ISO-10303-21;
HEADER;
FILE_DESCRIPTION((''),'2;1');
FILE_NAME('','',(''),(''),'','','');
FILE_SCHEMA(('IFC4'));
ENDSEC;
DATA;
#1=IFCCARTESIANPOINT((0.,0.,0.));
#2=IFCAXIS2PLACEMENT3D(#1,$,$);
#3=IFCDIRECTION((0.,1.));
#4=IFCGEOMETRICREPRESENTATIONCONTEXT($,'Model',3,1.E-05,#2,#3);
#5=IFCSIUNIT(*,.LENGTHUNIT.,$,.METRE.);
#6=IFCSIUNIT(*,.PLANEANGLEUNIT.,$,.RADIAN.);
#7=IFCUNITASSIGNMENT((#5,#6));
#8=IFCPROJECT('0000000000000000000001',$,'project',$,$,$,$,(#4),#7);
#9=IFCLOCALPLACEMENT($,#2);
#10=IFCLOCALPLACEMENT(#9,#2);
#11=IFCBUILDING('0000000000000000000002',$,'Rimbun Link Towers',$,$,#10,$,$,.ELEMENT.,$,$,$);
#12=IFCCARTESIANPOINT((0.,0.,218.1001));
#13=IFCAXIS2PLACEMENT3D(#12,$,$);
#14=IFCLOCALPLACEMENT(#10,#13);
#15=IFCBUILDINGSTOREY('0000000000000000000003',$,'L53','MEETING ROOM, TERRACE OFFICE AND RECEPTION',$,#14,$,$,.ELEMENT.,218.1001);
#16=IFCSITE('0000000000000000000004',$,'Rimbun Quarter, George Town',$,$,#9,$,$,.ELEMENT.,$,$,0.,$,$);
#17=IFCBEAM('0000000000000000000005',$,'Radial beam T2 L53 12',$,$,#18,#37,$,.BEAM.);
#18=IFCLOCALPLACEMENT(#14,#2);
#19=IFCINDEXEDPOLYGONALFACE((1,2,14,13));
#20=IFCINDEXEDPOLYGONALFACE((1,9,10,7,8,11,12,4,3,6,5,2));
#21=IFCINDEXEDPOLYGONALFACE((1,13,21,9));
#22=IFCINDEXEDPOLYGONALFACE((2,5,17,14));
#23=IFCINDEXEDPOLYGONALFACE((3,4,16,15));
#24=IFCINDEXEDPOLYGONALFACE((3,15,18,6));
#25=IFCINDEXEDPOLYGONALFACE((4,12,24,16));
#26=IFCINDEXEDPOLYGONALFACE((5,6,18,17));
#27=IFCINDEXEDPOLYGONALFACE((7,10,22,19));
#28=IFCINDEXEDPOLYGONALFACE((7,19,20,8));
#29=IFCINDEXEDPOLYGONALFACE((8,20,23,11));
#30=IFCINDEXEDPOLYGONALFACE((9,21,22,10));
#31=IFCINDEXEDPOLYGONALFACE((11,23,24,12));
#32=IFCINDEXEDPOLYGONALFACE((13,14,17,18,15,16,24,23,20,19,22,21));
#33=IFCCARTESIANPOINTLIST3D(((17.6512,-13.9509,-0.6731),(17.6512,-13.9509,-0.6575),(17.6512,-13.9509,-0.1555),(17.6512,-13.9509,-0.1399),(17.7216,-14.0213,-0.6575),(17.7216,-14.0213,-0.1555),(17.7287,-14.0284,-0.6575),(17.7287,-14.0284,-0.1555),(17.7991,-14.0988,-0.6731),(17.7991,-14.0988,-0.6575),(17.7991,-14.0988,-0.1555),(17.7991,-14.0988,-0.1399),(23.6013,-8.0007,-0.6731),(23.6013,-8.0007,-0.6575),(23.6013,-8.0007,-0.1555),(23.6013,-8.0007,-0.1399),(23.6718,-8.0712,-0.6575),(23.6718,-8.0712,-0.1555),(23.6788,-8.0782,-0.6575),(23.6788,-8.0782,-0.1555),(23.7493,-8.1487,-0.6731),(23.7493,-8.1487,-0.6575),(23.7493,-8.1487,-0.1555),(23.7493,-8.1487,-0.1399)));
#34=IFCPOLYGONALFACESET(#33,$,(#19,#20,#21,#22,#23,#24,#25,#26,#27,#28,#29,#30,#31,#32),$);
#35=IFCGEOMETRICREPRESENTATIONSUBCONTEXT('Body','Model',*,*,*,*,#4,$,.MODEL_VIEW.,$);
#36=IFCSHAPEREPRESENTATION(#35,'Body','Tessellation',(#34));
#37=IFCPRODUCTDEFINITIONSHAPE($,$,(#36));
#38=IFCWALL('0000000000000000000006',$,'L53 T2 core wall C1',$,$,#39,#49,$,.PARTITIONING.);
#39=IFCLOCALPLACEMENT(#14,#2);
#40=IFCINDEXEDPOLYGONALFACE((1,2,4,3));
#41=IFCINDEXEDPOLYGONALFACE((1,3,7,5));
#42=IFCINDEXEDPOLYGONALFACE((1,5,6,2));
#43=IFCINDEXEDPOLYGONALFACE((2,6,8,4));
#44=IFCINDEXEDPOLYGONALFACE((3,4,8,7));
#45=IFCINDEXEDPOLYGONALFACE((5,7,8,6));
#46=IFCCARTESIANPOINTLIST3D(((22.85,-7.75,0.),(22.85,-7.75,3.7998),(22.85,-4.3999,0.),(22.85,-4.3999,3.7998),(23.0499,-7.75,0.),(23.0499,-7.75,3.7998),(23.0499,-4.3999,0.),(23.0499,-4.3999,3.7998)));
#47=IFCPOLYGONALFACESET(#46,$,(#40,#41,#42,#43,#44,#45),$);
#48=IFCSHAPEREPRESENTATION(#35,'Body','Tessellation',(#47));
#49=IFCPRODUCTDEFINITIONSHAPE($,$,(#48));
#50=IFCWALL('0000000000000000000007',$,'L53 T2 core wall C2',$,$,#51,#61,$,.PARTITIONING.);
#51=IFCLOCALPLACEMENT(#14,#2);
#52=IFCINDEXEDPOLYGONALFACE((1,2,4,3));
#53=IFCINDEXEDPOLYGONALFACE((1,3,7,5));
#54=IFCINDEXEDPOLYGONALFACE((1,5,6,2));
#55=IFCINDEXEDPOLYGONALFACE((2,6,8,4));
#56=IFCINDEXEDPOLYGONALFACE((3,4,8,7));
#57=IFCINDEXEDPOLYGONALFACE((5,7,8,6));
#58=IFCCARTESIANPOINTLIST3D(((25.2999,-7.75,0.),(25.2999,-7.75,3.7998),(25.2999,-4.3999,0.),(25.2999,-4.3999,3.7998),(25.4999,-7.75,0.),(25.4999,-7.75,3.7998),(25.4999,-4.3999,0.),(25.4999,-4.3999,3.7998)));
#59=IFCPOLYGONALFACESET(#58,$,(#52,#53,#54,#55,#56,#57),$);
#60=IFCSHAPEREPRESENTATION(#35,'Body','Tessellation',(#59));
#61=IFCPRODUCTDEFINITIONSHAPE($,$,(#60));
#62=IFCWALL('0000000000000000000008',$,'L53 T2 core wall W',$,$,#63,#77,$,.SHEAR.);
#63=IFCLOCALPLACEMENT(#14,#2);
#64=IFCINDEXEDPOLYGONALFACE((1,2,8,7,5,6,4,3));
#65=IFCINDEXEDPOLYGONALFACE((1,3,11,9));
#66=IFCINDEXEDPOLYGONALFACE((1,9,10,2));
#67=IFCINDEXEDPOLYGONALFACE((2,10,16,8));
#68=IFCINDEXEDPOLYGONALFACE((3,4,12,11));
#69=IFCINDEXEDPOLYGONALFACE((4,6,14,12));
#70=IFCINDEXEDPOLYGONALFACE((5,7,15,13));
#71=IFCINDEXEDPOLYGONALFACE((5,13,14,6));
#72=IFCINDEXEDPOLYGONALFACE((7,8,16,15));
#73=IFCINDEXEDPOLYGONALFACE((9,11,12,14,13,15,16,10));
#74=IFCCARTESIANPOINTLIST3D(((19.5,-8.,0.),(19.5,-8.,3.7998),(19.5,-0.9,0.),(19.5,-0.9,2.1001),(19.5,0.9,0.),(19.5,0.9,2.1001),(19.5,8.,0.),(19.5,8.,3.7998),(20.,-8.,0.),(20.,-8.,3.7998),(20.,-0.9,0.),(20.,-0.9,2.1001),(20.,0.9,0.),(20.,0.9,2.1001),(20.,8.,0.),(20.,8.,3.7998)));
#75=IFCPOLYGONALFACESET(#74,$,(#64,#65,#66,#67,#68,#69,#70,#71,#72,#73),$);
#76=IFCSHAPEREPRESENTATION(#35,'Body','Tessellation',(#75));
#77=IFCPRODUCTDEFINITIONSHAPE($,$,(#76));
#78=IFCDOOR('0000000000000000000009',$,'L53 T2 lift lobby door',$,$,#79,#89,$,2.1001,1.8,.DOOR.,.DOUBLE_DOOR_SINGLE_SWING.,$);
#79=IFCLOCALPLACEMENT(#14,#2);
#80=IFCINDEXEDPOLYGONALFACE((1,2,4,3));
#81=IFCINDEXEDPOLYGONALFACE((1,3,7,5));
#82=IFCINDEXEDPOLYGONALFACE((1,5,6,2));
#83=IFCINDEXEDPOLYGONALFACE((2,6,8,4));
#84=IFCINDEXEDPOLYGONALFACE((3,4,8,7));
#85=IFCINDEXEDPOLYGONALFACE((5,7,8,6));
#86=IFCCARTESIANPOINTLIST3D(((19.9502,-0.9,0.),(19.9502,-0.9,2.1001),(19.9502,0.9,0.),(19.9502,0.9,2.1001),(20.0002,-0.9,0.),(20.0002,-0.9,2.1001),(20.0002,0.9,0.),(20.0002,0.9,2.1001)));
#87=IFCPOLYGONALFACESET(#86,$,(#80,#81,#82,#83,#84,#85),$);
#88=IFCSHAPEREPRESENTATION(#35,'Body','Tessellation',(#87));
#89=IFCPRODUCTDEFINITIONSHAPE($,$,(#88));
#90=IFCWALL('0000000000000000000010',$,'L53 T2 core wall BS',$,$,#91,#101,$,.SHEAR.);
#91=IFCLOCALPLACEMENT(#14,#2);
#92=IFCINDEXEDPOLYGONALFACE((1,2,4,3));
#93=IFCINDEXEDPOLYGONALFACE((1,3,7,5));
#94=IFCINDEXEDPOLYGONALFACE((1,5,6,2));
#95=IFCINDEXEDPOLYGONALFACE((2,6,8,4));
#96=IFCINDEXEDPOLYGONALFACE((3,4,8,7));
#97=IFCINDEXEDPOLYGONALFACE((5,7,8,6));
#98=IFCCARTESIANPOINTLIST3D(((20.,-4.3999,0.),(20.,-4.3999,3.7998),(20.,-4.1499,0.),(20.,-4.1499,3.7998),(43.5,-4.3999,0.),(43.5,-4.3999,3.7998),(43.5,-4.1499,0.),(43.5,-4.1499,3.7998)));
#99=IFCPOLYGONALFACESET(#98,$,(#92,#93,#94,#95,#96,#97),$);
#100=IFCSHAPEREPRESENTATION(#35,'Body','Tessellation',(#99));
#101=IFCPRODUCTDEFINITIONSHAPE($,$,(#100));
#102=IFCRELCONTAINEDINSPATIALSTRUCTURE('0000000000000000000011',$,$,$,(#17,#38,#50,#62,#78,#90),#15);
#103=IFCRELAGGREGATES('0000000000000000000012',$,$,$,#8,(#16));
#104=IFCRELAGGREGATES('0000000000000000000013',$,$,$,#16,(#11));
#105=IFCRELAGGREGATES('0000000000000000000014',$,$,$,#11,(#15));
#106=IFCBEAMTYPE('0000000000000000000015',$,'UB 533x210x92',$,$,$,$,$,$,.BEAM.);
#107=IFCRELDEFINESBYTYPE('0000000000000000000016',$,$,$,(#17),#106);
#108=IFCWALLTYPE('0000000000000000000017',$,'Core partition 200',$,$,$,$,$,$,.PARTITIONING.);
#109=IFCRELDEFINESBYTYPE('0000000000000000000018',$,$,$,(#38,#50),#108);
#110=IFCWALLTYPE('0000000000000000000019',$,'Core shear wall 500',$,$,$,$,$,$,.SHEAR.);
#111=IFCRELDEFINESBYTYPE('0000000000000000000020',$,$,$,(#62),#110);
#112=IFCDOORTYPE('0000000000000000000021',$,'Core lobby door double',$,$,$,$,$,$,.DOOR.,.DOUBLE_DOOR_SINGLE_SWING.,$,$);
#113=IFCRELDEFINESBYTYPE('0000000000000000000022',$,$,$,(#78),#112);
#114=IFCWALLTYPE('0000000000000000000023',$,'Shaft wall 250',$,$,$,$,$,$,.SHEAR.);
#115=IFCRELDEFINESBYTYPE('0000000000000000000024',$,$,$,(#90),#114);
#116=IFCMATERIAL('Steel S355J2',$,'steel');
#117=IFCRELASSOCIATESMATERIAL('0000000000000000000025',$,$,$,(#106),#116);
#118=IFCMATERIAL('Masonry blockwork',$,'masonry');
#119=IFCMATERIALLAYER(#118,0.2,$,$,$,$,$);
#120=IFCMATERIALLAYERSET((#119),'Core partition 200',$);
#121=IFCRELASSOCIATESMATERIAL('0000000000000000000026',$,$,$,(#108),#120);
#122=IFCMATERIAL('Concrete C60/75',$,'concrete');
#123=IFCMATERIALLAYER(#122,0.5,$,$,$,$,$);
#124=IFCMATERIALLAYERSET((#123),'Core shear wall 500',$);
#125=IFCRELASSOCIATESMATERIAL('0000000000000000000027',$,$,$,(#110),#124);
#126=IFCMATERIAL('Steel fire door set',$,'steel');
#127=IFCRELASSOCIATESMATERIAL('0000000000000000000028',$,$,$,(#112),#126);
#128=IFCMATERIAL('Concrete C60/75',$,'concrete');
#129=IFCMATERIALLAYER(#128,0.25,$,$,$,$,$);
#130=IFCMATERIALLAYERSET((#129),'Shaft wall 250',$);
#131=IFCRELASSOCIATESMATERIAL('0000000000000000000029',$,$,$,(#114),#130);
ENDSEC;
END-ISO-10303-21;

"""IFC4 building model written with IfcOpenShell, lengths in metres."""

from ifc_helpers import new_model, si_unit, direction, frame, frame_2d, origin, origin_2d, place, context, subcontext, project, spatial, rectangle, i_section, extrude, material, layer, layer_set, material_profile, profile_set, type_object, element, fill, save


model = new_model("IFC4")

# Units and contexts
model_context = context("Model", 3, precision=1e-05, world=origin(), true_north=direction((0.0, 1.0)))
body_context = subcontext(model_context, "Body", "Model", "MODEL_VIEW")
ifc_project = project(units=[si_unit("LENGTHUNIT", "METRE"), si_unit("PLANEANGLEUNIT", "RADIAN")], contexts=[model_context])

# Site, building, storey
site_placement = place(None, origin())
site = spatial("IfcSite", under=ifc_project, at=site_placement, Name="Rimbun Quarter, George Town", CompositionType="ELEMENT", RefElevation=0.0)
building_placement = place(site_placement, origin())
building = spatial("IfcBuilding", under=site, at=building_placement, Name="Rimbun Link Towers", CompositionType="ELEMENT")
storey_placement = place(building_placement, frame((0.0, 0.0, 218.1001)))
storey = spatial("IfcBuildingStorey", under=building, at=storey_placement, Name="L53", Description="MEETING ROOM, TERRACE OFFICE AND RECEPTION", CompositionType="ELEMENT", Elevation=218.1001)

# Beam
ifc_material_1 = material(Name="Steel S355J2", Category="steel")
ifc_material_profile = material_profile(ifc_material_1, i_section(OverallWidth=0.2092, OverallDepth=0.5332, WebThickness=0.01, FlangeThickness=0.0156, at=origin_2d()), Name="UB 533x210x92")
ifc_profile_set = profile_set([ifc_material_profile], Name="Steel S355J2")
beam_type = type_object("IfcBeamType", Name="UB 533x210x92", PredefinedType="BEAM", material=ifc_profile_set)
beam_placement = place(storey_placement, frame((23.6753, -8.0747, -0.4065), z_axis=(-0.707107, -0.707107, 0.0), x_axis=(0.707107, -0.707107, 0.0)))
element("IfcBeam", 1, at=beam_placement, inside=storey, type_object=beam_type, Name="Radial beam T2 L53 12", PredefinedType="BEAM", context=body_context, shape_type="SweptSolid", body=[
    extrude(i_section(OverallWidth=0.2092, OverallDepth=0.5332, WebThickness=0.01, FlangeThickness=0.0156, at=origin_2d()), origin(), (0.0, 0.0, 1.0), 8.4148),
])

# Walls
ifc_material_2 = material(Name="Masonry blockwork", Category="masonry")
ifc_layer_1 = layer(ifc_material_2, 0.2)
ifc_layer_set_1 = layer_set([ifc_layer_1], Name="Core partition 200")
wall_type_1 = type_object("IfcWallType", Name="Core partition 200", PredefinedType="PARTITIONING", material=ifc_layer_set_1)
for number, where, z_axis, x_axis, name in (
    (2, (22.95, -4.3999, 0.0), (0.0, 0.0, 1.0), (0.0, -1.0, 0.0), "L53 T2 core wall C1"),
    (3, (25.3999, -4.3999, 0.0), (0.0, 0.0, 1.0), (0.0, -1.0, 0.0), "L53 T2 core wall C2"),
):
    element("IfcWall", number, at=place(storey_placement, frame(where, z_axis=z_axis, x_axis=x_axis)), inside=storey, type_object=wall_type_1, Name=name, PredefinedType="PARTITIONING", context=body_context, shape_type="SweptSolid", body=[
        extrude(rectangle(XDim=3.3501, YDim=0.2, at=frame_2d((1.675, 0.0))), origin(), (0.0, 0.0, 1.0), 3.7998),
    ])

# Wall, opening, door
ifc_material_3 = material(Name="Concrete C60/75", Category="concrete")
ifc_layer_2 = layer(ifc_material_3, 0.5)
ifc_layer_set_2 = layer_set([ifc_layer_2], Name="Core shear wall 500")
wall_type_2 = type_object("IfcWallType", Name="Core shear wall 500", PredefinedType="SHEAR", material=ifc_layer_set_2)
wall_1_placement = place(storey_placement, frame((19.75, -8.0, 0.0), z_axis=(0.0, 0.0, 1.0), x_axis=(0.0, 1.0, 0.0)))
wall_1 = element("IfcWall", 4, at=wall_1_placement, inside=storey, type_object=wall_type_2, Name="L53 T2 core wall W", PredefinedType="SHEAR", context=body_context, shape_type="SweptSolid", body=[
    extrude(rectangle(XDim=16.0, YDim=0.5, at=frame_2d((8.0, 0.0))), origin(), (0.0, 0.0, 1.0), 3.7998),
])
opening_1_placement = place(wall_1_placement, frame((7.1001, 0.0, 0.0)))
opening_1 = element("IfcOpeningElement", 5, at=opening_1_placement, cuts=wall_1, PredefinedType="OPENING", context=body_context, shape_type="SweptSolid", body=[
    extrude(rectangle(XDim=1.8, YDim=2.1001, at=frame_2d((0.8999, 1.05))), frame((0.0, 0.26, 0.0), z_axis=(0.0, -1.0, 0.0), x_axis=(1.0, 0.0, 0.0)), (0.0, 0.0, 1.0), 0.52),
])
ifc_material_4 = material(Name="Steel fire door set", Category="steel")
door_type_1 = type_object("IfcDoorType", Name="Core lobby door double", OperationType="DOUBLE_DOOR_SINGLE_SWING", PredefinedType="DOOR", material=ifc_material_4)
door_1_placement = place(opening_1_placement, origin())
door_1 = element("IfcDoor", 6, at=door_1_placement, inside=storey, type_object=door_type_1, Name="L53 T2 lift lobby door", OperationType="DOUBLE_DOOR_SINGLE_SWING", OverallHeight=2.1001, OverallWidth=1.8, PredefinedType="DOOR", context=body_context, shape_type="SweptSolid", body=[
    extrude(rectangle(XDim=1.8, YDim=2.1001, at=frame_2d((0.8999, 1.05))), frame((0.0, -0.2002, 0.0), z_axis=(0.0, -1.0, 0.0), x_axis=(1.0, 0.0, 0.0)), (0.0, 0.0, 1.0), 0.05),
])
fill(opening_1, door_1)

# Wall
ifc_material_5 = material(Name="Concrete C60/75", Category="concrete")
ifc_layer_3 = layer(ifc_material_5, 0.25)
ifc_layer_set_3 = layer_set([ifc_layer_3], Name="Shaft wall 250")
wall_type_3 = type_object("IfcWallType", Name="Shaft wall 250", PredefinedType="SHEAR", material=ifc_layer_set_3)
wall_2_placement = place(storey_placement, frame((20.0, -4.2749, 0.0), z_axis=(0.0, 0.0, 1.0), x_axis=(1.0, 0.0, 0.0)))
element("IfcWall", 7, at=wall_2_placement, inside=storey, type_object=wall_type_3, Name="L53 T2 core wall BS", PredefinedType="SHEAR", context=body_context, shape_type="SweptSolid", body=[
    extrude(rectangle(XDim=23.5, YDim=0.25, at=frame_2d((11.75, 0.0))), origin(), (0.0, 0.0, 1.0), 3.7998),
])

save(model, "model.ifc")
